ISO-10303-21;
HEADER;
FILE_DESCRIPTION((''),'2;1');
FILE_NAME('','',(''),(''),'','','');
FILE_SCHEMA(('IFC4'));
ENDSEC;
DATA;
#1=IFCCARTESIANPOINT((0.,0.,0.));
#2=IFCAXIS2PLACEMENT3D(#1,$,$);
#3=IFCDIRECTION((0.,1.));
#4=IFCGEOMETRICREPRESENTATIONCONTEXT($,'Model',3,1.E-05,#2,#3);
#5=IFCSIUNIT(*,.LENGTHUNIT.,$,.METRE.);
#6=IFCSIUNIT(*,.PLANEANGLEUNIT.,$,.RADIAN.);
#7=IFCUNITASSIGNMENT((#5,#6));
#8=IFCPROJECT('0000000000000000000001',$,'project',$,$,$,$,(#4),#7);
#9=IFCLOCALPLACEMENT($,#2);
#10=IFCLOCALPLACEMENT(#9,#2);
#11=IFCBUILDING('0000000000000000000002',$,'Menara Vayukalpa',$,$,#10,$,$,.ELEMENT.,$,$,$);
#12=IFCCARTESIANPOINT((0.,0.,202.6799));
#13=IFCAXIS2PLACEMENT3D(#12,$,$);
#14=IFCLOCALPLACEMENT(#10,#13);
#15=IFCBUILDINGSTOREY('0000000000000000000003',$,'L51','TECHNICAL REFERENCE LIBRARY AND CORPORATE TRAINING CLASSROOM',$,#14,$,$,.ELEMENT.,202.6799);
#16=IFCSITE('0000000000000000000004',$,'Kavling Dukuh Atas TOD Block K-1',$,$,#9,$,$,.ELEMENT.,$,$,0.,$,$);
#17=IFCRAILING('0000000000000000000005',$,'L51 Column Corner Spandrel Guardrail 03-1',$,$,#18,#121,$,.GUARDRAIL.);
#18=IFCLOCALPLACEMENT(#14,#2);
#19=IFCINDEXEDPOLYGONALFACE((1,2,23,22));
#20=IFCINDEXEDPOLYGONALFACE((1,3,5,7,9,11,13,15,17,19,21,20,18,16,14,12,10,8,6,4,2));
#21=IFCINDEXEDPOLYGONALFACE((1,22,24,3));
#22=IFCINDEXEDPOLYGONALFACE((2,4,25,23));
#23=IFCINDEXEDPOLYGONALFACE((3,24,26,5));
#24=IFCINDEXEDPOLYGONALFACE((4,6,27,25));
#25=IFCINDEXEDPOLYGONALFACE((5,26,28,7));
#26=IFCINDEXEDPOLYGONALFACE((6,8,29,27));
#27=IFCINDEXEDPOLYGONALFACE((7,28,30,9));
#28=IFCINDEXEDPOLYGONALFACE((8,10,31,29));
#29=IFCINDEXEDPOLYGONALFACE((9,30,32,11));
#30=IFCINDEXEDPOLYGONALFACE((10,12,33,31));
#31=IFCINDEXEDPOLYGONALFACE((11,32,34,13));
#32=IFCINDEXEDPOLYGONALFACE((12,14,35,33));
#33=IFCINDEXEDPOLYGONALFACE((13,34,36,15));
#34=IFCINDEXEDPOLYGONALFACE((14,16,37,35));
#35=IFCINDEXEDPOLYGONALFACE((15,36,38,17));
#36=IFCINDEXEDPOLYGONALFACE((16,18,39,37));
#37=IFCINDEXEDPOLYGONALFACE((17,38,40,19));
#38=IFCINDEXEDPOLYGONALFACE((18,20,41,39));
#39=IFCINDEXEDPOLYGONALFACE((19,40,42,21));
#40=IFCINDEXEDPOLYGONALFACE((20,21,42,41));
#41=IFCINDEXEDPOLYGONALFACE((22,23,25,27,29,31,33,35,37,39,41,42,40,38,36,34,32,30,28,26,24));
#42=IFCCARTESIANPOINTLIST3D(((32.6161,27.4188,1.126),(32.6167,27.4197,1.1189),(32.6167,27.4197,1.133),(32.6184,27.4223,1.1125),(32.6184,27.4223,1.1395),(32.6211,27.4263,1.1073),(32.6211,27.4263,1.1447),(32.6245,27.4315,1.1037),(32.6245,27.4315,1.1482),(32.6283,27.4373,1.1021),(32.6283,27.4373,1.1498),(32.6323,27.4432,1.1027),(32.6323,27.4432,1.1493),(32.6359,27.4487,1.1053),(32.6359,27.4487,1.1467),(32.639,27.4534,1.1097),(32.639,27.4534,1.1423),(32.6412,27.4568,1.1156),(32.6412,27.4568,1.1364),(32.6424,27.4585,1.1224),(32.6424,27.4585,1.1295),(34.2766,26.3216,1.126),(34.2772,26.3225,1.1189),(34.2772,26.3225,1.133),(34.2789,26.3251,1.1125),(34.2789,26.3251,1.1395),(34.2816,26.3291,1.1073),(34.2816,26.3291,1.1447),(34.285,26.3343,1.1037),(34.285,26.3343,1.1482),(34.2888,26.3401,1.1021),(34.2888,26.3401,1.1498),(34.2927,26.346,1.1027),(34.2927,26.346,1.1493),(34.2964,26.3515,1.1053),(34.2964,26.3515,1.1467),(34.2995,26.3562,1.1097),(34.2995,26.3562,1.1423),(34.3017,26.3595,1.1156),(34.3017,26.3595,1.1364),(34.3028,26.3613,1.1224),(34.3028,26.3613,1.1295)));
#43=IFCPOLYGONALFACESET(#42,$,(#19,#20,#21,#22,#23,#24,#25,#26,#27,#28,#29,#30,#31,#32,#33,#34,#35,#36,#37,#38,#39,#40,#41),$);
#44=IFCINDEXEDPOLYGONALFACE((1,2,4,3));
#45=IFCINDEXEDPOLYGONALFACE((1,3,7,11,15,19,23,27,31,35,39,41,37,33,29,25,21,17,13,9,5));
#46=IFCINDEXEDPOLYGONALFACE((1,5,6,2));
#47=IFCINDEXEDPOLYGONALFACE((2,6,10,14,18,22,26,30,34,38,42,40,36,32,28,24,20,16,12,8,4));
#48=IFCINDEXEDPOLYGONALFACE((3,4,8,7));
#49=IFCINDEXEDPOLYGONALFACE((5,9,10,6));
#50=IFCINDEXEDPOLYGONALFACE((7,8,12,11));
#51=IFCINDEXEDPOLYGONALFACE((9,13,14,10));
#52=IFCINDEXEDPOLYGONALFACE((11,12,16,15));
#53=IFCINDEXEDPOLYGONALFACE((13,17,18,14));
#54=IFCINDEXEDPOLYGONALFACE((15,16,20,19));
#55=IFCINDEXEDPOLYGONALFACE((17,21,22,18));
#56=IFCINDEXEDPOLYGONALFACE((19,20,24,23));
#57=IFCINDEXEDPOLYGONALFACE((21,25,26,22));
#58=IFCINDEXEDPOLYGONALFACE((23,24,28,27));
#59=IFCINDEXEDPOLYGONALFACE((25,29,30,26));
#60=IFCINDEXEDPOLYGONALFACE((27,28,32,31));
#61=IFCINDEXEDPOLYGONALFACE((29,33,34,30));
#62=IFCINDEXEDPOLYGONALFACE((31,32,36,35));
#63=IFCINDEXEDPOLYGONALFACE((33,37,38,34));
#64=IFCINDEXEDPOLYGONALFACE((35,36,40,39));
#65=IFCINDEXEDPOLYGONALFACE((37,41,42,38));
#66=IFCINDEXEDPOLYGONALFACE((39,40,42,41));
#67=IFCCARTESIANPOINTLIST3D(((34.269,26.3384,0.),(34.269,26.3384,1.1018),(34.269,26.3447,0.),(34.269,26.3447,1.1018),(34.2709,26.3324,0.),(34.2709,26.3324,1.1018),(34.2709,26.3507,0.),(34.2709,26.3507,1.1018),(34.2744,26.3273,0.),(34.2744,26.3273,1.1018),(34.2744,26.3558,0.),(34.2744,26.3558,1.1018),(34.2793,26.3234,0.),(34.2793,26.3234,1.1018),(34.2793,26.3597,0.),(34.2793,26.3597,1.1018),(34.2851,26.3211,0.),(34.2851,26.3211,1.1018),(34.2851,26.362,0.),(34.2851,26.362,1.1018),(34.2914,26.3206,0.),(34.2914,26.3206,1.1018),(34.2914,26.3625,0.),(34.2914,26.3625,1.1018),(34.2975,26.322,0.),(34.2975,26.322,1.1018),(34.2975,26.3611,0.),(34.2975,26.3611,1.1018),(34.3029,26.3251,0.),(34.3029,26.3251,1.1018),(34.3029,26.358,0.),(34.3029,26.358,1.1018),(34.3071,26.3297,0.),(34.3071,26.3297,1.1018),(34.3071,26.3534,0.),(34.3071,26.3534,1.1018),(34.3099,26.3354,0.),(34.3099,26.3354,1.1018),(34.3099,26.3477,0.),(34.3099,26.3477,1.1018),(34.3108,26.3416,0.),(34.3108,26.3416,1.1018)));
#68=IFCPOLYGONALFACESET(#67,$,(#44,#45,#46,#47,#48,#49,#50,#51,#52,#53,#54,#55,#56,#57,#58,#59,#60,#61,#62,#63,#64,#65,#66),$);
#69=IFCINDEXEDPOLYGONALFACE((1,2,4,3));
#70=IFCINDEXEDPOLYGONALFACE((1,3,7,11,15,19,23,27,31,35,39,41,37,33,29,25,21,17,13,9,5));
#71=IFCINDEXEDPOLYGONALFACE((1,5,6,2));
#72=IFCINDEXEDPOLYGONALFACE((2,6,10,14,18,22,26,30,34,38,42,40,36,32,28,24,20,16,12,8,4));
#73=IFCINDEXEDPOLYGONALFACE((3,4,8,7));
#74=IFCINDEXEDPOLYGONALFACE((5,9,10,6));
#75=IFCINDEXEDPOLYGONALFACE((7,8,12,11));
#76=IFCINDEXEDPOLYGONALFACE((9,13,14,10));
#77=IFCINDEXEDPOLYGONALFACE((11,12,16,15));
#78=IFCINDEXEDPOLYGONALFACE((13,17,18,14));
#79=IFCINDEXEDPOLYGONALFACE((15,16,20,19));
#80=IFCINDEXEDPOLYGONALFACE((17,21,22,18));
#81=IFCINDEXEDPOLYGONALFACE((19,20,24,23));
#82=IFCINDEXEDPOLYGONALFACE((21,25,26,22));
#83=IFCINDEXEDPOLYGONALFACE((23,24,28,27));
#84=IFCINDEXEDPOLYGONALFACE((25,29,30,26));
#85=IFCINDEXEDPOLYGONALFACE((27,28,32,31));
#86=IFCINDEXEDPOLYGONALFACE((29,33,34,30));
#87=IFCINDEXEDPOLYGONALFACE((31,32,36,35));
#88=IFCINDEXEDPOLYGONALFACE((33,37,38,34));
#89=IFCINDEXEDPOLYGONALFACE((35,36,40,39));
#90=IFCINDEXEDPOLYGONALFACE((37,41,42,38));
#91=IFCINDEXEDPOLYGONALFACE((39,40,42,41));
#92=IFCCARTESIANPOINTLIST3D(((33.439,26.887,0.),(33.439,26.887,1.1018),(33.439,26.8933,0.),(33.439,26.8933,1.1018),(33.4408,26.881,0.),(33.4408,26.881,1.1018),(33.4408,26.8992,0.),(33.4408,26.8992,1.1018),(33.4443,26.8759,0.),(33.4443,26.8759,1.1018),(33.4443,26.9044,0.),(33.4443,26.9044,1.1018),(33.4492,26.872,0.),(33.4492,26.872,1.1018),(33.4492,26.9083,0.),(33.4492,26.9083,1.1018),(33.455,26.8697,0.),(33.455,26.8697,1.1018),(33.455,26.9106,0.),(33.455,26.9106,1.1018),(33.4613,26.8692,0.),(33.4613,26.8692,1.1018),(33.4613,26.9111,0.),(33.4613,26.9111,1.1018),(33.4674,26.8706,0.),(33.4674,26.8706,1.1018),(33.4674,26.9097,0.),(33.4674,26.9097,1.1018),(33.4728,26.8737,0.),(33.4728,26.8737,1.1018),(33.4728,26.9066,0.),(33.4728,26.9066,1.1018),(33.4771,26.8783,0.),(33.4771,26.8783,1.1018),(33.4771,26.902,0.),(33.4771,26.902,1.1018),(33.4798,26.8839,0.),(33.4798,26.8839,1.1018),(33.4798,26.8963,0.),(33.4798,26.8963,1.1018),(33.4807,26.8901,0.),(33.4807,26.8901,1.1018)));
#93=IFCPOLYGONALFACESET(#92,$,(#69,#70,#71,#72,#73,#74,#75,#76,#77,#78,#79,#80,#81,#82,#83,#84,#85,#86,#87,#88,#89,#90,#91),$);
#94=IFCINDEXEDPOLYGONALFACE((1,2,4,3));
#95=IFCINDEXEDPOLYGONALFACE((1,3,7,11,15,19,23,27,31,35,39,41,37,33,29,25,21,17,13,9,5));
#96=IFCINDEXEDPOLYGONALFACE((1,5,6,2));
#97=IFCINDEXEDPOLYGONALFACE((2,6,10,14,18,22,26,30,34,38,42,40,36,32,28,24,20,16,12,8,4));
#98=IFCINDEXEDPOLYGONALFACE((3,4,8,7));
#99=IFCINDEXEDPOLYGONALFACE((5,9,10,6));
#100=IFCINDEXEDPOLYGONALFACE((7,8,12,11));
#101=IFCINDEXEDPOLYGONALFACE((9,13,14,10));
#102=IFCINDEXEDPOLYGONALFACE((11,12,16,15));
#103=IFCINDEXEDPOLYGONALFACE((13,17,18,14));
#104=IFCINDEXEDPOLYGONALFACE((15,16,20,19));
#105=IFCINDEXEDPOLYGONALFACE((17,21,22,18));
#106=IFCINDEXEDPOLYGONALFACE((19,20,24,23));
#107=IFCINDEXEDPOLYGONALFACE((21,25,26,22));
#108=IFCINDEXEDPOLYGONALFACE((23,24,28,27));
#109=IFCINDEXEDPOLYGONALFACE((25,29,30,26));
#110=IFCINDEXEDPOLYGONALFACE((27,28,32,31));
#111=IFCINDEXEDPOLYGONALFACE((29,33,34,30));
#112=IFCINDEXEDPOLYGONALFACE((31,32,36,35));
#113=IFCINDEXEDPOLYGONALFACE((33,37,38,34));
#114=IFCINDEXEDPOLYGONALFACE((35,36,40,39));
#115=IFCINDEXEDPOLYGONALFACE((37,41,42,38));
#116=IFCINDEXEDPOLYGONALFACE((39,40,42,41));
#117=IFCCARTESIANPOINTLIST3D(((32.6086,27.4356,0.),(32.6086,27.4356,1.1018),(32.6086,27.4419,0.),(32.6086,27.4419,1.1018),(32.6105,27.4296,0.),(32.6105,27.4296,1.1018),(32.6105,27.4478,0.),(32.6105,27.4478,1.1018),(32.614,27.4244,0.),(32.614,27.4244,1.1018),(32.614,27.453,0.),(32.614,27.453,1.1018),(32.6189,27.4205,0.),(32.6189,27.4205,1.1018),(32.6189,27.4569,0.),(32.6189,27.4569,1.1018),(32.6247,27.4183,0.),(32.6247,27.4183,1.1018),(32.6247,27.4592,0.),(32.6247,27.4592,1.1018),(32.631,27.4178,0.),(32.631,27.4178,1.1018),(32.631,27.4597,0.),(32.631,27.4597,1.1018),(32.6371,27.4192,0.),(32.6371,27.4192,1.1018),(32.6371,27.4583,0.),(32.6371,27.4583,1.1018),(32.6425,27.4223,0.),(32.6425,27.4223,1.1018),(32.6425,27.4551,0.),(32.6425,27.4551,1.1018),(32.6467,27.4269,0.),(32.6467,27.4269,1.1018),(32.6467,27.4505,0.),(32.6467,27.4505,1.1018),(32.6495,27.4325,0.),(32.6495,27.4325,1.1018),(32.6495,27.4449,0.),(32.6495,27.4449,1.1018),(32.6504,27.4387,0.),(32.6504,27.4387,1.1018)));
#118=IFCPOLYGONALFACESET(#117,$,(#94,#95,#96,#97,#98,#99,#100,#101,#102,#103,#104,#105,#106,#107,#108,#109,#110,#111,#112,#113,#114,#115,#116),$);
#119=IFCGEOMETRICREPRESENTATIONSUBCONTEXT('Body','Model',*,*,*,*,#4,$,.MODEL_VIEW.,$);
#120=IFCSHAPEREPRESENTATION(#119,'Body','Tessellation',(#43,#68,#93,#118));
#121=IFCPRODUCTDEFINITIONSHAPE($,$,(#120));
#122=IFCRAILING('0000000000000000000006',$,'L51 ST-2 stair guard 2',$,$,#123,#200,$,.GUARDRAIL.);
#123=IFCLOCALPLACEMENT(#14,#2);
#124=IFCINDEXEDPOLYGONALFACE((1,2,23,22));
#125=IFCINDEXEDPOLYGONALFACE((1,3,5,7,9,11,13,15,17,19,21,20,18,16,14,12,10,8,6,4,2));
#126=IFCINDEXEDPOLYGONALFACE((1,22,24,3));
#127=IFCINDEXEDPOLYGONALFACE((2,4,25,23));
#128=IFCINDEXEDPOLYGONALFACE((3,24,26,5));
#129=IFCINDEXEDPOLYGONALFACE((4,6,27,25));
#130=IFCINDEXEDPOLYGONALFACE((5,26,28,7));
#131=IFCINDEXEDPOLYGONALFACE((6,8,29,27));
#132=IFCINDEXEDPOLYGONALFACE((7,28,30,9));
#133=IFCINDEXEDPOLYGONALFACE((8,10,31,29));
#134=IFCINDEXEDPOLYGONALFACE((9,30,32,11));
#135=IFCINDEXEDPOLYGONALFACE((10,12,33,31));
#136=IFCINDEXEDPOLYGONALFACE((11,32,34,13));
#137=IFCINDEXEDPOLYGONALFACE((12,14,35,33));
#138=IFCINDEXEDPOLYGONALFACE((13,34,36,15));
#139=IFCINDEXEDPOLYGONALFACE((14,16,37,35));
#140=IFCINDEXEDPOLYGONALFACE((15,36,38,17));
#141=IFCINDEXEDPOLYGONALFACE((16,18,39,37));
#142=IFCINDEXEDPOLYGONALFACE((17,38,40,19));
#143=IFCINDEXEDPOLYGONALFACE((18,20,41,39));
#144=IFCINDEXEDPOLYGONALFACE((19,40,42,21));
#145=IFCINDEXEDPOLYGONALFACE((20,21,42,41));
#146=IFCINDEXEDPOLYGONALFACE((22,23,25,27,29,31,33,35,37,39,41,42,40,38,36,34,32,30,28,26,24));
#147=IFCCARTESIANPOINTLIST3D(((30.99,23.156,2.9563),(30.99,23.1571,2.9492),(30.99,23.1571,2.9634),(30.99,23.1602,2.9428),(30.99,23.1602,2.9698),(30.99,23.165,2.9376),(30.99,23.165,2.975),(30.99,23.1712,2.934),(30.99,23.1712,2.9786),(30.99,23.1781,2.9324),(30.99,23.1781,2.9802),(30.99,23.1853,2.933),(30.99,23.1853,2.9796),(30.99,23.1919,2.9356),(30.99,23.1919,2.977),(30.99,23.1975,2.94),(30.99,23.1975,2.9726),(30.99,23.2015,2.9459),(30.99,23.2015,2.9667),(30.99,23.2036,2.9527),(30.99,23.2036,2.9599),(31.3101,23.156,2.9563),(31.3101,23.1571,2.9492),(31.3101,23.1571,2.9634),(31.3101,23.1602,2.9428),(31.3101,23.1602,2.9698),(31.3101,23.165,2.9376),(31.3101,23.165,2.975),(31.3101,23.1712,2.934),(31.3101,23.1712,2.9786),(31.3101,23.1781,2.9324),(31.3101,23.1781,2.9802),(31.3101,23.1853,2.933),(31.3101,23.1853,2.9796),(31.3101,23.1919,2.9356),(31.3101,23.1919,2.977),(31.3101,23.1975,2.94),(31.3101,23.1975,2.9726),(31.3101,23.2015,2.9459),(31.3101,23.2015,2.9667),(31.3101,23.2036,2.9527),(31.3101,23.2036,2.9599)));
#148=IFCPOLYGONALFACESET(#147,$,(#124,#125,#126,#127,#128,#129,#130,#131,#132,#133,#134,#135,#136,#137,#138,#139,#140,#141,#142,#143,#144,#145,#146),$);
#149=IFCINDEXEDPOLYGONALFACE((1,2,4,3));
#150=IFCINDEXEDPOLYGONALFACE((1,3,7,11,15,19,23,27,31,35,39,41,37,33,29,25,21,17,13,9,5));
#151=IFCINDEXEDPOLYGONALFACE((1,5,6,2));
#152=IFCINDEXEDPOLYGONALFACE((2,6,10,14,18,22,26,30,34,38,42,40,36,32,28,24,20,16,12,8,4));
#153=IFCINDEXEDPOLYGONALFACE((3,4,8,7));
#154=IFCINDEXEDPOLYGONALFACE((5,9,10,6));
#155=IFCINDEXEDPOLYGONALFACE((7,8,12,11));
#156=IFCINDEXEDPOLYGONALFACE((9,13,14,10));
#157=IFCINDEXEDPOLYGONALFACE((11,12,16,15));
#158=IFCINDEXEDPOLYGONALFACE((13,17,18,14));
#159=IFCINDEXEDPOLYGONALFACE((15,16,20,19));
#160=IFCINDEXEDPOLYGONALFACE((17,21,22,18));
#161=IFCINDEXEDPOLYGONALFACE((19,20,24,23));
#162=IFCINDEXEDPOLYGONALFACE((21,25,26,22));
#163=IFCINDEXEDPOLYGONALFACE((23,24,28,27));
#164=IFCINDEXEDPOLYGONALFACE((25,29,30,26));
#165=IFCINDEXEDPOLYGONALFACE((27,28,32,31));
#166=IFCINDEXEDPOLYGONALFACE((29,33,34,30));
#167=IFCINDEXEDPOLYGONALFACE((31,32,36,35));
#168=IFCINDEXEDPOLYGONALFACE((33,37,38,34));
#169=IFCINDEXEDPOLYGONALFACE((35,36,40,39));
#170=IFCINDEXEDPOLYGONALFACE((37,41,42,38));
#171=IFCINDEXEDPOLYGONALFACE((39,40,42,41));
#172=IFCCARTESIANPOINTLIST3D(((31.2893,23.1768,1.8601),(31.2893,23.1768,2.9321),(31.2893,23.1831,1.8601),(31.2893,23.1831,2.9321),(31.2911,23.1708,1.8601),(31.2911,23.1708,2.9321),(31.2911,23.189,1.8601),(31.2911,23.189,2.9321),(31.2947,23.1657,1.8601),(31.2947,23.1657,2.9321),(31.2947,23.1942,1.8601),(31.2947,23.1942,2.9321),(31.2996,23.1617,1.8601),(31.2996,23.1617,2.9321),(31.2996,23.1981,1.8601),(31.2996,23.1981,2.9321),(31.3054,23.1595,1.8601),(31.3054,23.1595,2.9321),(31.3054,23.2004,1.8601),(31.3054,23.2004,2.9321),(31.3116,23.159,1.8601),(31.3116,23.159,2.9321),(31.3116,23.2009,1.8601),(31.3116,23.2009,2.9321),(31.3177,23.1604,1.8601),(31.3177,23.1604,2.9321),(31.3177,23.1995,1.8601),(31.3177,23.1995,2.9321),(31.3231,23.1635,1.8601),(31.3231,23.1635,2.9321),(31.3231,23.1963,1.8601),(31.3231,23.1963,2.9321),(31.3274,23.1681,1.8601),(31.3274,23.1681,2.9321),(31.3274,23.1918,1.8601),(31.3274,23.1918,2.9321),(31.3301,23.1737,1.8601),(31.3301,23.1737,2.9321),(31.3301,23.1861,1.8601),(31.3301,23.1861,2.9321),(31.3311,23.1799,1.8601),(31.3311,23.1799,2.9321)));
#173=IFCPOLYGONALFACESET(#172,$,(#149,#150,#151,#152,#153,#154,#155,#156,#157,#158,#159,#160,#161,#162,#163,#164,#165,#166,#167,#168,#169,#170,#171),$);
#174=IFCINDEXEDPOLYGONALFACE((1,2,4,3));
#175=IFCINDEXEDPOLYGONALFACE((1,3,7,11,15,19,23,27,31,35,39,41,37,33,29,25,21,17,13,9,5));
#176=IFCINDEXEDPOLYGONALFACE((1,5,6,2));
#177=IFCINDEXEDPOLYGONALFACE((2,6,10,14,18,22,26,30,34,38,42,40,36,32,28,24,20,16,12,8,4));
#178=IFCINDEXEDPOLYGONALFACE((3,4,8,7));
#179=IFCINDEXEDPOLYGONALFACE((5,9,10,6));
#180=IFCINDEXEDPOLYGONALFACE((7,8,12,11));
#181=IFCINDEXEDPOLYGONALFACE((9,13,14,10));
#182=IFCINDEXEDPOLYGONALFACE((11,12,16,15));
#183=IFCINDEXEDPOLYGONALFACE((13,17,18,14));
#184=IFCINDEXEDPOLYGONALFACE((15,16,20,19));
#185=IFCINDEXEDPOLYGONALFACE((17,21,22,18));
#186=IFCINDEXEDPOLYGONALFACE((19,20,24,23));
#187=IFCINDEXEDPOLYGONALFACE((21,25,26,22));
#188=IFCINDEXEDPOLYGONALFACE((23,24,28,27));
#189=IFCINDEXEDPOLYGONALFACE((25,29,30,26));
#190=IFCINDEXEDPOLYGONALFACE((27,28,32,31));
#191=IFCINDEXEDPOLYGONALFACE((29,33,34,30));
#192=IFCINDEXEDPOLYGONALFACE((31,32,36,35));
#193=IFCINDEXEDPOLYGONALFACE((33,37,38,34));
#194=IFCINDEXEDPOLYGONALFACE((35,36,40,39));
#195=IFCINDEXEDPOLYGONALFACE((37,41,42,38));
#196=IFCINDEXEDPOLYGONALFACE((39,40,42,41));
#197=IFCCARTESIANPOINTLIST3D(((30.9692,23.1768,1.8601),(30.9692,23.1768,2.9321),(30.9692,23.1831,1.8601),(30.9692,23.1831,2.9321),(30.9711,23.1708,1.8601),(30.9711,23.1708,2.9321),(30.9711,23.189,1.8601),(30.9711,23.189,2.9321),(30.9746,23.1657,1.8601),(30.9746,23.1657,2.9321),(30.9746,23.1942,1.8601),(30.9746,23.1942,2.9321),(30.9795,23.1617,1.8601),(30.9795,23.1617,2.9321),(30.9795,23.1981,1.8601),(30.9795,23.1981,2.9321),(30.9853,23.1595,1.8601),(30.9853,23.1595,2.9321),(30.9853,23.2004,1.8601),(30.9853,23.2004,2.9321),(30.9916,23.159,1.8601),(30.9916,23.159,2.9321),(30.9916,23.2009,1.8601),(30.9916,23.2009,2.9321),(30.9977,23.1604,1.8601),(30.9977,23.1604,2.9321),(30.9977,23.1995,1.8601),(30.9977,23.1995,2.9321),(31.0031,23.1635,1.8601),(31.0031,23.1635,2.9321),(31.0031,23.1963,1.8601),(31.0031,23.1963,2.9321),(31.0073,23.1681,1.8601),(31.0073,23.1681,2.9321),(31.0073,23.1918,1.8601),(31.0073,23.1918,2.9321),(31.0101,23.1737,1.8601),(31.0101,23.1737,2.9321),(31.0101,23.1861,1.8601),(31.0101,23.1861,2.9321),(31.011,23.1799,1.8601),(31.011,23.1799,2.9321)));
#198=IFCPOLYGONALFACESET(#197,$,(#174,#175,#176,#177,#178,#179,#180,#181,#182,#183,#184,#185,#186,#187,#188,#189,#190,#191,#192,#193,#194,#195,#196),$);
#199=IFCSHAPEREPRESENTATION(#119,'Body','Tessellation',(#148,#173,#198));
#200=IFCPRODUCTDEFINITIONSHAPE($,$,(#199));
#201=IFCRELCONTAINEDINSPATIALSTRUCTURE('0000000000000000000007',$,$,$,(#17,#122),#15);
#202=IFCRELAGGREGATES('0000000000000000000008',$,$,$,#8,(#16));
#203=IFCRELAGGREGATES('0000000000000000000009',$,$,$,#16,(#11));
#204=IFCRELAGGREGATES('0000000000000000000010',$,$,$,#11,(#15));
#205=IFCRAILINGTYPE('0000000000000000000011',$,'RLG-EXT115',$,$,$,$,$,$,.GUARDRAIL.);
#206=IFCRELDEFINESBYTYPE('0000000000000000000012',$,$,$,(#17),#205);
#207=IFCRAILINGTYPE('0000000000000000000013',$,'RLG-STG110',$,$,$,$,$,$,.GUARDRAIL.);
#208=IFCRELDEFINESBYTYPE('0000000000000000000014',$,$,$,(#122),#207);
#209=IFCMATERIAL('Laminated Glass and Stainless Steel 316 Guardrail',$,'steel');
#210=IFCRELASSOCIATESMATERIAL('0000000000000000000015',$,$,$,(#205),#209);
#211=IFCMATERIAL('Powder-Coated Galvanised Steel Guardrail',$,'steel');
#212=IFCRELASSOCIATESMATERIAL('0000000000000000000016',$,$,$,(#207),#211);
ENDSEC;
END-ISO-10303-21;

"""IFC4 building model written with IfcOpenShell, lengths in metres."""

from ifc_helpers import new_model, si_unit, direction, frame, origin, origin_2d, place, context, subcontext, project, spatial, circle, extrude, material, type_object, element, save


model = new_model("IFC4")

# Units and contexts
model_context = context("Model", 3, precision=1e-05, world=origin(), true_north=direction((0.0, 1.0)))
body_context = subcontext(model_context, "Body", "Model", "MODEL_VIEW")
ifc_project = project(units=[si_unit("LENGTHUNIT", "METRE"), si_unit("PLANEANGLEUNIT", "RADIAN")], contexts=[model_context])

# Site, building, storey
site_placement = place(None, origin())
site = spatial("IfcSite", under=ifc_project, at=site_placement, Name="Kavling Dukuh Atas TOD Block K-1", CompositionType="ELEMENT", RefElevation=0.0)
building_placement = place(site_placement, origin())
building = spatial("IfcBuilding", under=site, at=building_placement, Name="Menara Vayukalpa", CompositionType="ELEMENT")
storey_placement = place(building_placement, frame((0.0, 0.0, 202.6799)))
storey = spatial("IfcBuildingStorey", under=building, at=storey_placement, Name="L51", Description="TECHNICAL REFERENCE LIBRARY AND CORPORATE TRAINING CLASSROOM", CompositionType="ELEMENT", Elevation=202.6799)

# Railings
ifc_material_1 = material(Name="Laminated Glass and Stainless Steel 316 Guardrail", Category="steel")
railing_type_1 = type_object("IfcRailingType", Name="RLG-EXT115", PredefinedType="GUARDRAIL", material=ifc_material_1)
railing_1_placement = place(storey_placement, frame((34.2898, 26.3416, 0.0)))
element("IfcRailing", 1, at=railing_1_placement, inside=storey, type_object=railing_type_1, Name="L51 Column Corner Spandrel Guardrail 03-1", PredefinedType="GUARDRAIL", context=body_context, shape_type="SweptSolid", body=[
    extrude(circle(Radius=0.0239, at=origin_2d()), frame((0.0, 0.0, 1.126), z_axis=(-0.834308, 0.551298, 0.0), x_axis=(-0.551298, -0.834308, 0.0)), (0.0, 0.0, 1.0), 1.9902),
    extrude(circle(Radius=0.021, at=origin_2d()), origin(), (0.0, 0.0, 1.0), 1.1018),
    extrude(circle(Radius=0.021, at=origin_2d()), frame((-0.8301, 0.5486, 0.0)), (0.0, 0.0, 1.0), 1.1018),
    extrude(circle(Radius=0.021, at=origin_2d()), frame((-1.6604, 1.0972, 0.0)), (0.0, 0.0, 1.0), 1.1018),
])
ifc_material_2 = material(Name="Powder-Coated Galvanised Steel Guardrail", Category="steel")
railing_type_2 = type_object("IfcRailingType", Name="RLG-STG110", PredefinedType="GUARDRAIL", material=ifc_material_2)
railing_2_placement = place(storey_placement, frame((31.3101, 23.1799, 1.8601)))
element("IfcRailing", 2, at=railing_2_placement, inside=storey, type_object=railing_type_2, Name="L51 ST-2 stair guard 2", PredefinedType="GUARDRAIL", context=body_context, shape_type="SweptSolid", body=[
    extrude(circle(Radius=0.0239, at=origin_2d()), frame((0.0, 0.0, 1.0962), z_axis=(-1.0, 0.0, 0.0), x_axis=(0.0, -1.0, 0.0)), (0.0, 0.0, 1.0), 0.3201),
    extrude(circle(Radius=0.021, at=origin_2d()), origin(), (0.0, 0.0, 1.0), 1.072),
    extrude(circle(Radius=0.021, at=origin_2d()), frame((-0.3201, 0.0, 0.0)), (0.0, 0.0, 1.0), 1.072),
])

save(model, "model.ifc")
